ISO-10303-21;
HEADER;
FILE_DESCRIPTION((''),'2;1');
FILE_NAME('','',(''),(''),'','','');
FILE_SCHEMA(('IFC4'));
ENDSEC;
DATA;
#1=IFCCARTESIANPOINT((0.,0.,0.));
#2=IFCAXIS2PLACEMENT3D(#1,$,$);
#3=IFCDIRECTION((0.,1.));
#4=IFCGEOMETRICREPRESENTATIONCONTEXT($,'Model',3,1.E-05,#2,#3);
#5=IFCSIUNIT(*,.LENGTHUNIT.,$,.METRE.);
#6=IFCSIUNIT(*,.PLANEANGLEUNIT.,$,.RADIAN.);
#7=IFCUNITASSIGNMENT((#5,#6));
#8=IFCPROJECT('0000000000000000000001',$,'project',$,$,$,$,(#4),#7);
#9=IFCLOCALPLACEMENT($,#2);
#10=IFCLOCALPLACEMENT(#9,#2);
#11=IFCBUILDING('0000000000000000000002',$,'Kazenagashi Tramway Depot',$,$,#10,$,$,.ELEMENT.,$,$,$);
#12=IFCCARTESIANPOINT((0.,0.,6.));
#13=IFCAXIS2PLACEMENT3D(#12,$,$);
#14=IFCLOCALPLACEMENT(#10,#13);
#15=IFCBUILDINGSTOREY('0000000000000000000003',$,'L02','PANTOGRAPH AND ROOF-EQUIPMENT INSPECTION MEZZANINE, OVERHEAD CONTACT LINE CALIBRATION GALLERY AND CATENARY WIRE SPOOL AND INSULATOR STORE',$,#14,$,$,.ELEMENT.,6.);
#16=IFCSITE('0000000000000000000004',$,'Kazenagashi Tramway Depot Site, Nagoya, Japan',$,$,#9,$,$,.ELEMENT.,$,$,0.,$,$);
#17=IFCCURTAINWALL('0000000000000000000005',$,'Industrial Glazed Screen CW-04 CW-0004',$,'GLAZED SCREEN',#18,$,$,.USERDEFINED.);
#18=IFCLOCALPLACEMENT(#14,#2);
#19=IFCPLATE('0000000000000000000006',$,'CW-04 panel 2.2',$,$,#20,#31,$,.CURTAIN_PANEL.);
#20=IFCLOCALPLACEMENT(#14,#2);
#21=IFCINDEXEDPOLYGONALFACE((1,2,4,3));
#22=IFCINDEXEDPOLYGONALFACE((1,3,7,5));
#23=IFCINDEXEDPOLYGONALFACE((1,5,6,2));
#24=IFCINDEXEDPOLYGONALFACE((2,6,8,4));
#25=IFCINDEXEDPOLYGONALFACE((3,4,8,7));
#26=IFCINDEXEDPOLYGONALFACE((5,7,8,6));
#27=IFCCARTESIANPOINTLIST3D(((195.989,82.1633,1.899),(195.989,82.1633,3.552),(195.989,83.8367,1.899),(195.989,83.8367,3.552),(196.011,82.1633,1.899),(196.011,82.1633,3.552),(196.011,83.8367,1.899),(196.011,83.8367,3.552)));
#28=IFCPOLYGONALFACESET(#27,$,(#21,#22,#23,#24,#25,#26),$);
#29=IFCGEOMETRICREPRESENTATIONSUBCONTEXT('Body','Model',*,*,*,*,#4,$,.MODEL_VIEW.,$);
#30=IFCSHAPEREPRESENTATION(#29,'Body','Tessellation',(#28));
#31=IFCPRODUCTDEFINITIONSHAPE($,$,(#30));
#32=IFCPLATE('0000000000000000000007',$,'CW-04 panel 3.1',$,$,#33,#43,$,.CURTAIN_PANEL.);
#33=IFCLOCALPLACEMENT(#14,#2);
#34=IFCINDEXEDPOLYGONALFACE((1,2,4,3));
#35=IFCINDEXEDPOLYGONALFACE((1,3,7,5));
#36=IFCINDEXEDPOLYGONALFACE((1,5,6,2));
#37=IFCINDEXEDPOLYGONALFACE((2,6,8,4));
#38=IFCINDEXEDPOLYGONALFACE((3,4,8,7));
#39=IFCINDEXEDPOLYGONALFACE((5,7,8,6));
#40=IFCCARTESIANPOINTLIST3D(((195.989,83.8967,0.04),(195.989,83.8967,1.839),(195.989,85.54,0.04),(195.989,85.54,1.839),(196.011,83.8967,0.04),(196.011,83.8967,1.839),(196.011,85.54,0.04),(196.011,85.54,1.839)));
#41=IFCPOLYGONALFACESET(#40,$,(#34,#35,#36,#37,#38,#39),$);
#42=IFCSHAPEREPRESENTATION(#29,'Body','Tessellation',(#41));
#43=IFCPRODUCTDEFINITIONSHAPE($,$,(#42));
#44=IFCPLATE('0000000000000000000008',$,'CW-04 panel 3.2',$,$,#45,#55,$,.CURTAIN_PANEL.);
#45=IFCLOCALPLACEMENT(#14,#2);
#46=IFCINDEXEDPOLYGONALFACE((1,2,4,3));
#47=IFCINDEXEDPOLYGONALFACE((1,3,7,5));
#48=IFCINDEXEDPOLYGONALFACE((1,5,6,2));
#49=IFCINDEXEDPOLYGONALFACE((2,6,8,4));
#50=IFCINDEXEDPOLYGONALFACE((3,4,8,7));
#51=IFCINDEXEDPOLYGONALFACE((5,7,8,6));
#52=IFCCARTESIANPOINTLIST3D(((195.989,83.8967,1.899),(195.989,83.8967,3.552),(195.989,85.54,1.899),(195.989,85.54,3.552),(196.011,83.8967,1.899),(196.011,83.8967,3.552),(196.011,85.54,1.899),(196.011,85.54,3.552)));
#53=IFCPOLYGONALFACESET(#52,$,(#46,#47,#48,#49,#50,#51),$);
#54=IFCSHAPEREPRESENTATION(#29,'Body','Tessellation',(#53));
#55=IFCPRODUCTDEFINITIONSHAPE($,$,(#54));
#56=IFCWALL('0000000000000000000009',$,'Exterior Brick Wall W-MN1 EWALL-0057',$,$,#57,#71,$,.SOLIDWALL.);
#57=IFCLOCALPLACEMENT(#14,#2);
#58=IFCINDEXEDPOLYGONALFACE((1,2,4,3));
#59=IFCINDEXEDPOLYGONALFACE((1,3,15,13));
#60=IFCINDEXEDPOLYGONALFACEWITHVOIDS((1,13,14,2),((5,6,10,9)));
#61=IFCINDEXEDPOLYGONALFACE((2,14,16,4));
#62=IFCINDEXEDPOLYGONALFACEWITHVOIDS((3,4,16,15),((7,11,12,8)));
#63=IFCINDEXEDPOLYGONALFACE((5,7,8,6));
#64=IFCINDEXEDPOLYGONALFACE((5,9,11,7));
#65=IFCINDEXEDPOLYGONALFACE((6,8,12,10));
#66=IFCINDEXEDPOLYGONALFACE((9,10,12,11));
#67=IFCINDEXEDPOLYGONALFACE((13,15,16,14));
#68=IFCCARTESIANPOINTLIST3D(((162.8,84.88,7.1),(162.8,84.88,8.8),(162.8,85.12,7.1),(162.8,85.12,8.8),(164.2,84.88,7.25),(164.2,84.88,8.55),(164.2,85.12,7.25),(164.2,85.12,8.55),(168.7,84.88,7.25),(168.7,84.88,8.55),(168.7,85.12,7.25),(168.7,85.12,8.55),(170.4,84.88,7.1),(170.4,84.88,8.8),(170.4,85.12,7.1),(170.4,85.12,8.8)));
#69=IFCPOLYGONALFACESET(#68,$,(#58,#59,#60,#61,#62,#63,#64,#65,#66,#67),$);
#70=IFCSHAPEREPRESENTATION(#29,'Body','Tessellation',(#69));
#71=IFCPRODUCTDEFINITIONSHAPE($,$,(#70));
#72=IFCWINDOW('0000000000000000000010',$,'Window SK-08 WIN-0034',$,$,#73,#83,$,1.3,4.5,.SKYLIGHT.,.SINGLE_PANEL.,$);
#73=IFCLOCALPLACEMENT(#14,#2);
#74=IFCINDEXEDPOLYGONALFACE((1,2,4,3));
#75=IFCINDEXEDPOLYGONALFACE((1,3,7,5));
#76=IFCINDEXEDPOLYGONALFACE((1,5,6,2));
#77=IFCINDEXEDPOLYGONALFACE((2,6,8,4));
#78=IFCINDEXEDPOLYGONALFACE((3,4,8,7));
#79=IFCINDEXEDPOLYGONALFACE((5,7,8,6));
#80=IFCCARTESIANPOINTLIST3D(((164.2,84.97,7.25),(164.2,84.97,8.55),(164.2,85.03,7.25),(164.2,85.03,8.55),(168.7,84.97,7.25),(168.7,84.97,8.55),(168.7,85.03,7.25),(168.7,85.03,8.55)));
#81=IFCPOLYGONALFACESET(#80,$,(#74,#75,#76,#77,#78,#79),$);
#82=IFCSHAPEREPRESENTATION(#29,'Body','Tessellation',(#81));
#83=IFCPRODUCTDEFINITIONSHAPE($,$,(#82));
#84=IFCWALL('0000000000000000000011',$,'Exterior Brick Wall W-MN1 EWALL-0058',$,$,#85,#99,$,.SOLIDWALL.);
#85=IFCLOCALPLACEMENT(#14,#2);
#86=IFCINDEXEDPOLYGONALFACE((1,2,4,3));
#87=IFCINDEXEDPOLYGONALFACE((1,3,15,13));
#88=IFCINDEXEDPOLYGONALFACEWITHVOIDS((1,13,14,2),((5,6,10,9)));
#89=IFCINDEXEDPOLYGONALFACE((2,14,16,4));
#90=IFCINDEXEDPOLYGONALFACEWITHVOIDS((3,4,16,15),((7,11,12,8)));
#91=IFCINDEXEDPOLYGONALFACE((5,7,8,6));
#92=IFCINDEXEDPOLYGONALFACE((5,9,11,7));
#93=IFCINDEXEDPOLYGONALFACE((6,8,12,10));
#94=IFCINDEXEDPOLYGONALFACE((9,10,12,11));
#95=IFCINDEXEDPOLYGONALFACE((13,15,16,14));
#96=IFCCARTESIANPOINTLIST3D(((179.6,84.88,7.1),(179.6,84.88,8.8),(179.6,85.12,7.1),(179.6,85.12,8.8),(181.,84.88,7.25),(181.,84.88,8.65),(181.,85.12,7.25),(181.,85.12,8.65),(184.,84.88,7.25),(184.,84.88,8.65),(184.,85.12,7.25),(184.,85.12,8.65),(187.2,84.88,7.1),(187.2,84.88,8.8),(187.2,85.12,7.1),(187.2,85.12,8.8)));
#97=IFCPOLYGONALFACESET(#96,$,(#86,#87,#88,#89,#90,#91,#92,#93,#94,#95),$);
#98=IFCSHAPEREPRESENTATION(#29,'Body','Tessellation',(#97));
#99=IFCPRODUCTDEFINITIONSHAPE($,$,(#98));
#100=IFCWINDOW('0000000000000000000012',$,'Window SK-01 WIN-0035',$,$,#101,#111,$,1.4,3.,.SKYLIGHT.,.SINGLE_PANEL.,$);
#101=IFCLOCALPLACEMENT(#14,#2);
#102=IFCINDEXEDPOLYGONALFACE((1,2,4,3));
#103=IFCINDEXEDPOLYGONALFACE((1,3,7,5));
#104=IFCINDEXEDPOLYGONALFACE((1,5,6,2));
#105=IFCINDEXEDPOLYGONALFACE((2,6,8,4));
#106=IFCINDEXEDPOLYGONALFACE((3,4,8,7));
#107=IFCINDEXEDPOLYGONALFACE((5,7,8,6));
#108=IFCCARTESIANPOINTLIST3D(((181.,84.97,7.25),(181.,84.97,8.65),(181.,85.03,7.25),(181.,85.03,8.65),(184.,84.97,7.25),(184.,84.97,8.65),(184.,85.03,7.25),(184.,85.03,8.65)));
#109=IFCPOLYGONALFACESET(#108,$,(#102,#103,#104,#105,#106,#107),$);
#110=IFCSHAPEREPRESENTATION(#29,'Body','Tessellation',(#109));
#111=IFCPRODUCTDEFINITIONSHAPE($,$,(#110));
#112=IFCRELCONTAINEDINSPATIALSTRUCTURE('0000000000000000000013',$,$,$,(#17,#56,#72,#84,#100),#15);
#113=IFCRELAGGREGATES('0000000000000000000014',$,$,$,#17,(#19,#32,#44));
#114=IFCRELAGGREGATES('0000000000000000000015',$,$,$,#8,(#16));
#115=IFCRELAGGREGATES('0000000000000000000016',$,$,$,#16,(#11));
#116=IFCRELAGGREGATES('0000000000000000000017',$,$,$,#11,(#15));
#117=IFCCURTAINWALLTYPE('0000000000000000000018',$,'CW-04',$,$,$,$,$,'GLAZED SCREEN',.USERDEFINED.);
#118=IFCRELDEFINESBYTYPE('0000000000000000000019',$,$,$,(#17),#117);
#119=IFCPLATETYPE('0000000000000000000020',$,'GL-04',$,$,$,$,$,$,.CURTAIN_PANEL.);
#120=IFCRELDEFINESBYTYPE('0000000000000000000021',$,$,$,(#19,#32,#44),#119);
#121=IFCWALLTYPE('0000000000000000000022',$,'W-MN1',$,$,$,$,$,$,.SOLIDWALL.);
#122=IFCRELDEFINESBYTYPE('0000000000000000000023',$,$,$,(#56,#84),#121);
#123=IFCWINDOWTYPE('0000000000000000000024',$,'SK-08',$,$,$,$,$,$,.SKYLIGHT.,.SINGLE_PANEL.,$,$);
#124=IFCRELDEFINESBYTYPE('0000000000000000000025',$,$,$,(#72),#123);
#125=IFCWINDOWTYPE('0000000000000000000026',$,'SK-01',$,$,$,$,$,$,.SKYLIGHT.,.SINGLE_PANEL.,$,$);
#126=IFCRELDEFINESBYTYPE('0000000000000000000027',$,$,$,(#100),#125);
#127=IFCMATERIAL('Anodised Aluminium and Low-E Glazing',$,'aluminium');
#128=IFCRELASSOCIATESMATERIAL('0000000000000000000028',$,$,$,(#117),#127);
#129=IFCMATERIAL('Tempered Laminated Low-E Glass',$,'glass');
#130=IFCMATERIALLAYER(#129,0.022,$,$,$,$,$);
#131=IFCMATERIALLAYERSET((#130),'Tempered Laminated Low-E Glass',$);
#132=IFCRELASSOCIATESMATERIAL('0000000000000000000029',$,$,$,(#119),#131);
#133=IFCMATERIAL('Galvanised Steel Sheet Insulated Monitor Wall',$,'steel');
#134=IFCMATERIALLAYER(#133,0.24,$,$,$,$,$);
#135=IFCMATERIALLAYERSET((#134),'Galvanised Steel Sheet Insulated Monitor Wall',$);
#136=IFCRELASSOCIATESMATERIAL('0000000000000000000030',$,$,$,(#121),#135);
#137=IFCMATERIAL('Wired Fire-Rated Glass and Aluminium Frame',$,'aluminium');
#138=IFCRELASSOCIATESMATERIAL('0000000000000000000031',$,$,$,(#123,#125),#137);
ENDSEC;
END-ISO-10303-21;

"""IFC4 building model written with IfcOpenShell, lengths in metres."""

from ifc_helpers import new_model, si_unit, direction, frame, frame_2d, origin, origin_2d, place, context, subcontext, project, spatial, rectangle, extrude, material, layer, layer_set, type_object, element, fill, aggregate, save


model = new_model("IFC4")

# Units and contexts
model_context = context("Model", 3, precision=1e-05, world=origin(), true_north=direction((0.0, 1.0)))
body_context = subcontext(model_context, "Body", "Model", "MODEL_VIEW")
ifc_project = project(units=[si_unit("LENGTHUNIT", "METRE"), si_unit("PLANEANGLEUNIT", "RADIAN")], contexts=[model_context])

# Site, building, storey
site_placement = place(None, origin())
site = spatial("IfcSite", under=ifc_project, at=site_placement, Name="Kazenagashi Tramway Depot Site, Nagoya, Japan", CompositionType="ELEMENT", RefElevation=0.0)
building_placement = place(site_placement, origin())
building = spatial("IfcBuilding", under=site, at=building_placement, Name="Kazenagashi Tramway Depot", CompositionType="ELEMENT")
storey_placement = place(building_placement, frame((0.0, 0.0, 6.0)))
storey = spatial("IfcBuildingStorey", under=building, at=storey_placement, Name="L02", Description="PANTOGRAPH AND ROOF-EQUIPMENT INSPECTION MEZZANINE, OVERHEAD CONTACT LINE CALIBRATION GALLERY AND CATENARY WIRE SPOOL AND INSULATOR STORE", CompositionType="ELEMENT", Elevation=6.0)

# Curtain wall
ifc_material_1 = material(Name="Anodised Aluminium and Low-E Glazing", Category="aluminium")
curtain_wall_type_1 = type_object("IfcCurtainWallType", Name="CW-04", ElementType="GLAZED SCREEN", PredefinedType="USERDEFINED", material=ifc_material_1)
curtain_wall_1_placement = place(storey_placement, origin())
curtain_wall_1 = element("IfcCurtainWall", 1, at=curtain_wall_1_placement, inside=storey, type_object=curtain_wall_type_1, Name="Industrial Glazed Screen CW-04 CW-0004", ObjectType="GLAZED SCREEN", PredefinedType="USERDEFINED")

# Plates
ifc_material_2 = material(Name="Tempered Laminated Low-E Glass", Category="glass")
ifc_layer_1 = layer(ifc_material_2, 0.022)
ifc_layer_set_1 = layer_set([ifc_layer_1], Name="Tempered Laminated Low-E Glass")
plate_type = type_object("IfcPlateType", Name="GL-04", PredefinedType="CURTAIN_PANEL", material=ifc_layer_set_1)
plate_1_placement = place(storey_placement, frame((196.0, 83.0, 1.899), z_axis=(0.0, 0.0, 1.0), x_axis=(0.0, 1.0, 0.0)))
plate_1 = element("IfcPlate", 2, at=plate_1_placement, type_object=plate_type, Name="CW-04 panel 2.2", PredefinedType="CURTAIN_PANEL", context=body_context, shape_type="SweptSolid", body=[
    extrude(rectangle(XDim=1.6733, YDim=0.022, at=origin_2d()), origin(), (0.0, 0.0, 1.0), 1.653),
])
plate_2_placement = place(storey_placement, frame((196.0, 84.7183, 0.04), z_axis=(0.0, 0.0, 1.0), x_axis=(0.0, 1.0, 0.0)))
plate_2 = element("IfcPlate", 3, at=plate_2_placement, type_object=plate_type, Name="CW-04 panel 3.1", PredefinedType="CURTAIN_PANEL", context=body_context, shape_type="SweptSolid", body=[
    extrude(rectangle(XDim=1.6433, YDim=0.022, at=origin_2d()), origin(), (0.0, 0.0, 1.0), 1.799),
])
plate_3_placement = place(storey_placement, frame((196.0, 84.7183, 1.899), z_axis=(0.0, 0.0, 1.0), x_axis=(0.0, 1.0, 0.0)))
plate_3 = element("IfcPlate", 4, at=plate_3_placement, type_object=plate_type, Name="CW-04 panel 3.2", PredefinedType="CURTAIN_PANEL", context=body_context, shape_type="SweptSolid", body=[
    extrude(rectangle(XDim=1.6433, YDim=0.022, at=origin_2d()), origin(), (0.0, 0.0, 1.0), 1.653),
])
aggregate(curtain_wall_1, [plate_1, plate_2, plate_3])

# Walls, openings, windows
ifc_material_3 = material(Name="Galvanised Steel Sheet Insulated Monitor Wall", Category="steel")
ifc_layer_2 = layer(ifc_material_3, 0.24)
ifc_layer_set_2 = layer_set([ifc_layer_2], Name="Galvanised Steel Sheet Insulated Monitor Wall")
wall_type = type_object("IfcWallType", Name="W-MN1", PredefinedType="SOLIDWALL", material=ifc_layer_set_2)
wall_1_placement = place(storey_placement, frame((162.8, 85.0, 7.1), z_axis=(0.0, 0.0, 1.0), x_axis=(1.0, 0.0, 0.0)))
wall_1 = element("IfcWall", 5, at=wall_1_placement, inside=storey, type_object=wall_type, Name="Exterior Brick Wall W-MN1 EWALL-0057", PredefinedType="SOLIDWALL", context=body_context, shape_type="SweptSolid", body=[
    extrude(rectangle(XDim=7.6, YDim=0.24, at=frame_2d((3.8, 0.0))), origin(), (0.0, 0.0, 1.0), 1.7),
])
opening_1_placement = place(wall_1_placement, frame((1.4, 0.0, 0.15)))
opening_1 = element("IfcOpeningElement", 6, at=opening_1_placement, cuts=wall_1, PredefinedType="OPENING", context=body_context, shape_type="SweptSolid", body=[
    extrude(rectangle(XDim=4.5, YDim=1.3, at=frame_2d((2.25, 0.65))), frame((0.0, 0.13, 0.0), z_axis=(0.0, -1.0, 0.0), x_axis=(1.0, 0.0, 0.0)), (0.0, 0.0, 1.0), 0.26),
])
ifc_material_4 = material(Name="Wired Fire-Rated Glass and Aluminium Frame", Category="aluminium")
window_type_1 = type_object("IfcWindowType", Name="SK-08", PartitioningType="SINGLE_PANEL", PredefinedType="SKYLIGHT", material=ifc_material_4)
window_1_placement = place(opening_1_placement, origin())
window_1 = element("IfcWindow", 7, at=window_1_placement, inside=storey, type_object=window_type_1, Name="Window SK-08 WIN-0034", OverallHeight=1.3, OverallWidth=4.5, PartitioningType="SINGLE_PANEL", PredefinedType="SKYLIGHT", context=body_context, shape_type="SweptSolid", body=[
    extrude(rectangle(XDim=4.5, YDim=1.3, at=frame_2d((2.25, 0.65))), frame((0.0, 0.03, 0.0), z_axis=(0.0, -1.0, 0.0), x_axis=(1.0, 0.0, 0.0)), (0.0, 0.0, 1.0), 0.06),
])
fill(opening_1, window_1)
wall_2_placement = place(storey_placement, frame((179.6, 85.0, 7.1), z_axis=(0.0, 0.0, 1.0), x_axis=(1.0, 0.0, 0.0)))
wall_2 = element("IfcWall", 8, at=wall_2_placement, inside=storey, type_object=wall_type, Name="Exterior Brick Wall W-MN1 EWALL-0058", PredefinedType="SOLIDWALL", context=body_context, shape_type="SweptSolid", body=[
    extrude(rectangle(XDim=7.6, YDim=0.24, at=frame_2d((3.8, 0.0))), origin(), (0.0, 0.0, 1.0), 1.7),
])
opening_2_placement = place(wall_2_placement, frame((1.4, 0.0, 0.15)))
opening_2 = element("IfcOpeningElement", 9, at=opening_2_placement, cuts=wall_2, PredefinedType="OPENING", context=body_context, shape_type="SweptSolid", body=[
    extrude(rectangle(XDim=3.0, YDim=1.4, at=frame_2d((1.5, 0.7))), frame((0.0, 0.13, 0.0), z_axis=(0.0, -1.0, 0.0), x_axis=(1.0, 0.0, 0.0)), (0.0, 0.0, 1.0), 0.26),
])
window_type_2 = type_object("IfcWindowType", Name="SK-01", PartitioningType="SINGLE_PANEL", PredefinedType="SKYLIGHT", material=ifc_material_4)
window_2_placement = place(opening_2_placement, origin())
window_2 = element("IfcWindow", 10, at=window_2_placement, inside=storey, type_object=window_type_2, Name="Window SK-01 WIN-0035", OverallHeight=1.4, OverallWidth=3.0, PartitioningType="SINGLE_PANEL", PredefinedType="SKYLIGHT", context=body_context, shape_type="SweptSolid", body=[
    extrude(rectangle(XDim=3.0, YDim=1.4, at=frame_2d((1.5, 0.7))), frame((0.0, 0.03, 0.0), z_axis=(0.0, -1.0, 0.0), x_axis=(1.0, 0.0, 0.0)), (0.0, 0.0, 1.0), 0.06),
])
fill(opening_2, window_2)

save(model, "model.ifc")
